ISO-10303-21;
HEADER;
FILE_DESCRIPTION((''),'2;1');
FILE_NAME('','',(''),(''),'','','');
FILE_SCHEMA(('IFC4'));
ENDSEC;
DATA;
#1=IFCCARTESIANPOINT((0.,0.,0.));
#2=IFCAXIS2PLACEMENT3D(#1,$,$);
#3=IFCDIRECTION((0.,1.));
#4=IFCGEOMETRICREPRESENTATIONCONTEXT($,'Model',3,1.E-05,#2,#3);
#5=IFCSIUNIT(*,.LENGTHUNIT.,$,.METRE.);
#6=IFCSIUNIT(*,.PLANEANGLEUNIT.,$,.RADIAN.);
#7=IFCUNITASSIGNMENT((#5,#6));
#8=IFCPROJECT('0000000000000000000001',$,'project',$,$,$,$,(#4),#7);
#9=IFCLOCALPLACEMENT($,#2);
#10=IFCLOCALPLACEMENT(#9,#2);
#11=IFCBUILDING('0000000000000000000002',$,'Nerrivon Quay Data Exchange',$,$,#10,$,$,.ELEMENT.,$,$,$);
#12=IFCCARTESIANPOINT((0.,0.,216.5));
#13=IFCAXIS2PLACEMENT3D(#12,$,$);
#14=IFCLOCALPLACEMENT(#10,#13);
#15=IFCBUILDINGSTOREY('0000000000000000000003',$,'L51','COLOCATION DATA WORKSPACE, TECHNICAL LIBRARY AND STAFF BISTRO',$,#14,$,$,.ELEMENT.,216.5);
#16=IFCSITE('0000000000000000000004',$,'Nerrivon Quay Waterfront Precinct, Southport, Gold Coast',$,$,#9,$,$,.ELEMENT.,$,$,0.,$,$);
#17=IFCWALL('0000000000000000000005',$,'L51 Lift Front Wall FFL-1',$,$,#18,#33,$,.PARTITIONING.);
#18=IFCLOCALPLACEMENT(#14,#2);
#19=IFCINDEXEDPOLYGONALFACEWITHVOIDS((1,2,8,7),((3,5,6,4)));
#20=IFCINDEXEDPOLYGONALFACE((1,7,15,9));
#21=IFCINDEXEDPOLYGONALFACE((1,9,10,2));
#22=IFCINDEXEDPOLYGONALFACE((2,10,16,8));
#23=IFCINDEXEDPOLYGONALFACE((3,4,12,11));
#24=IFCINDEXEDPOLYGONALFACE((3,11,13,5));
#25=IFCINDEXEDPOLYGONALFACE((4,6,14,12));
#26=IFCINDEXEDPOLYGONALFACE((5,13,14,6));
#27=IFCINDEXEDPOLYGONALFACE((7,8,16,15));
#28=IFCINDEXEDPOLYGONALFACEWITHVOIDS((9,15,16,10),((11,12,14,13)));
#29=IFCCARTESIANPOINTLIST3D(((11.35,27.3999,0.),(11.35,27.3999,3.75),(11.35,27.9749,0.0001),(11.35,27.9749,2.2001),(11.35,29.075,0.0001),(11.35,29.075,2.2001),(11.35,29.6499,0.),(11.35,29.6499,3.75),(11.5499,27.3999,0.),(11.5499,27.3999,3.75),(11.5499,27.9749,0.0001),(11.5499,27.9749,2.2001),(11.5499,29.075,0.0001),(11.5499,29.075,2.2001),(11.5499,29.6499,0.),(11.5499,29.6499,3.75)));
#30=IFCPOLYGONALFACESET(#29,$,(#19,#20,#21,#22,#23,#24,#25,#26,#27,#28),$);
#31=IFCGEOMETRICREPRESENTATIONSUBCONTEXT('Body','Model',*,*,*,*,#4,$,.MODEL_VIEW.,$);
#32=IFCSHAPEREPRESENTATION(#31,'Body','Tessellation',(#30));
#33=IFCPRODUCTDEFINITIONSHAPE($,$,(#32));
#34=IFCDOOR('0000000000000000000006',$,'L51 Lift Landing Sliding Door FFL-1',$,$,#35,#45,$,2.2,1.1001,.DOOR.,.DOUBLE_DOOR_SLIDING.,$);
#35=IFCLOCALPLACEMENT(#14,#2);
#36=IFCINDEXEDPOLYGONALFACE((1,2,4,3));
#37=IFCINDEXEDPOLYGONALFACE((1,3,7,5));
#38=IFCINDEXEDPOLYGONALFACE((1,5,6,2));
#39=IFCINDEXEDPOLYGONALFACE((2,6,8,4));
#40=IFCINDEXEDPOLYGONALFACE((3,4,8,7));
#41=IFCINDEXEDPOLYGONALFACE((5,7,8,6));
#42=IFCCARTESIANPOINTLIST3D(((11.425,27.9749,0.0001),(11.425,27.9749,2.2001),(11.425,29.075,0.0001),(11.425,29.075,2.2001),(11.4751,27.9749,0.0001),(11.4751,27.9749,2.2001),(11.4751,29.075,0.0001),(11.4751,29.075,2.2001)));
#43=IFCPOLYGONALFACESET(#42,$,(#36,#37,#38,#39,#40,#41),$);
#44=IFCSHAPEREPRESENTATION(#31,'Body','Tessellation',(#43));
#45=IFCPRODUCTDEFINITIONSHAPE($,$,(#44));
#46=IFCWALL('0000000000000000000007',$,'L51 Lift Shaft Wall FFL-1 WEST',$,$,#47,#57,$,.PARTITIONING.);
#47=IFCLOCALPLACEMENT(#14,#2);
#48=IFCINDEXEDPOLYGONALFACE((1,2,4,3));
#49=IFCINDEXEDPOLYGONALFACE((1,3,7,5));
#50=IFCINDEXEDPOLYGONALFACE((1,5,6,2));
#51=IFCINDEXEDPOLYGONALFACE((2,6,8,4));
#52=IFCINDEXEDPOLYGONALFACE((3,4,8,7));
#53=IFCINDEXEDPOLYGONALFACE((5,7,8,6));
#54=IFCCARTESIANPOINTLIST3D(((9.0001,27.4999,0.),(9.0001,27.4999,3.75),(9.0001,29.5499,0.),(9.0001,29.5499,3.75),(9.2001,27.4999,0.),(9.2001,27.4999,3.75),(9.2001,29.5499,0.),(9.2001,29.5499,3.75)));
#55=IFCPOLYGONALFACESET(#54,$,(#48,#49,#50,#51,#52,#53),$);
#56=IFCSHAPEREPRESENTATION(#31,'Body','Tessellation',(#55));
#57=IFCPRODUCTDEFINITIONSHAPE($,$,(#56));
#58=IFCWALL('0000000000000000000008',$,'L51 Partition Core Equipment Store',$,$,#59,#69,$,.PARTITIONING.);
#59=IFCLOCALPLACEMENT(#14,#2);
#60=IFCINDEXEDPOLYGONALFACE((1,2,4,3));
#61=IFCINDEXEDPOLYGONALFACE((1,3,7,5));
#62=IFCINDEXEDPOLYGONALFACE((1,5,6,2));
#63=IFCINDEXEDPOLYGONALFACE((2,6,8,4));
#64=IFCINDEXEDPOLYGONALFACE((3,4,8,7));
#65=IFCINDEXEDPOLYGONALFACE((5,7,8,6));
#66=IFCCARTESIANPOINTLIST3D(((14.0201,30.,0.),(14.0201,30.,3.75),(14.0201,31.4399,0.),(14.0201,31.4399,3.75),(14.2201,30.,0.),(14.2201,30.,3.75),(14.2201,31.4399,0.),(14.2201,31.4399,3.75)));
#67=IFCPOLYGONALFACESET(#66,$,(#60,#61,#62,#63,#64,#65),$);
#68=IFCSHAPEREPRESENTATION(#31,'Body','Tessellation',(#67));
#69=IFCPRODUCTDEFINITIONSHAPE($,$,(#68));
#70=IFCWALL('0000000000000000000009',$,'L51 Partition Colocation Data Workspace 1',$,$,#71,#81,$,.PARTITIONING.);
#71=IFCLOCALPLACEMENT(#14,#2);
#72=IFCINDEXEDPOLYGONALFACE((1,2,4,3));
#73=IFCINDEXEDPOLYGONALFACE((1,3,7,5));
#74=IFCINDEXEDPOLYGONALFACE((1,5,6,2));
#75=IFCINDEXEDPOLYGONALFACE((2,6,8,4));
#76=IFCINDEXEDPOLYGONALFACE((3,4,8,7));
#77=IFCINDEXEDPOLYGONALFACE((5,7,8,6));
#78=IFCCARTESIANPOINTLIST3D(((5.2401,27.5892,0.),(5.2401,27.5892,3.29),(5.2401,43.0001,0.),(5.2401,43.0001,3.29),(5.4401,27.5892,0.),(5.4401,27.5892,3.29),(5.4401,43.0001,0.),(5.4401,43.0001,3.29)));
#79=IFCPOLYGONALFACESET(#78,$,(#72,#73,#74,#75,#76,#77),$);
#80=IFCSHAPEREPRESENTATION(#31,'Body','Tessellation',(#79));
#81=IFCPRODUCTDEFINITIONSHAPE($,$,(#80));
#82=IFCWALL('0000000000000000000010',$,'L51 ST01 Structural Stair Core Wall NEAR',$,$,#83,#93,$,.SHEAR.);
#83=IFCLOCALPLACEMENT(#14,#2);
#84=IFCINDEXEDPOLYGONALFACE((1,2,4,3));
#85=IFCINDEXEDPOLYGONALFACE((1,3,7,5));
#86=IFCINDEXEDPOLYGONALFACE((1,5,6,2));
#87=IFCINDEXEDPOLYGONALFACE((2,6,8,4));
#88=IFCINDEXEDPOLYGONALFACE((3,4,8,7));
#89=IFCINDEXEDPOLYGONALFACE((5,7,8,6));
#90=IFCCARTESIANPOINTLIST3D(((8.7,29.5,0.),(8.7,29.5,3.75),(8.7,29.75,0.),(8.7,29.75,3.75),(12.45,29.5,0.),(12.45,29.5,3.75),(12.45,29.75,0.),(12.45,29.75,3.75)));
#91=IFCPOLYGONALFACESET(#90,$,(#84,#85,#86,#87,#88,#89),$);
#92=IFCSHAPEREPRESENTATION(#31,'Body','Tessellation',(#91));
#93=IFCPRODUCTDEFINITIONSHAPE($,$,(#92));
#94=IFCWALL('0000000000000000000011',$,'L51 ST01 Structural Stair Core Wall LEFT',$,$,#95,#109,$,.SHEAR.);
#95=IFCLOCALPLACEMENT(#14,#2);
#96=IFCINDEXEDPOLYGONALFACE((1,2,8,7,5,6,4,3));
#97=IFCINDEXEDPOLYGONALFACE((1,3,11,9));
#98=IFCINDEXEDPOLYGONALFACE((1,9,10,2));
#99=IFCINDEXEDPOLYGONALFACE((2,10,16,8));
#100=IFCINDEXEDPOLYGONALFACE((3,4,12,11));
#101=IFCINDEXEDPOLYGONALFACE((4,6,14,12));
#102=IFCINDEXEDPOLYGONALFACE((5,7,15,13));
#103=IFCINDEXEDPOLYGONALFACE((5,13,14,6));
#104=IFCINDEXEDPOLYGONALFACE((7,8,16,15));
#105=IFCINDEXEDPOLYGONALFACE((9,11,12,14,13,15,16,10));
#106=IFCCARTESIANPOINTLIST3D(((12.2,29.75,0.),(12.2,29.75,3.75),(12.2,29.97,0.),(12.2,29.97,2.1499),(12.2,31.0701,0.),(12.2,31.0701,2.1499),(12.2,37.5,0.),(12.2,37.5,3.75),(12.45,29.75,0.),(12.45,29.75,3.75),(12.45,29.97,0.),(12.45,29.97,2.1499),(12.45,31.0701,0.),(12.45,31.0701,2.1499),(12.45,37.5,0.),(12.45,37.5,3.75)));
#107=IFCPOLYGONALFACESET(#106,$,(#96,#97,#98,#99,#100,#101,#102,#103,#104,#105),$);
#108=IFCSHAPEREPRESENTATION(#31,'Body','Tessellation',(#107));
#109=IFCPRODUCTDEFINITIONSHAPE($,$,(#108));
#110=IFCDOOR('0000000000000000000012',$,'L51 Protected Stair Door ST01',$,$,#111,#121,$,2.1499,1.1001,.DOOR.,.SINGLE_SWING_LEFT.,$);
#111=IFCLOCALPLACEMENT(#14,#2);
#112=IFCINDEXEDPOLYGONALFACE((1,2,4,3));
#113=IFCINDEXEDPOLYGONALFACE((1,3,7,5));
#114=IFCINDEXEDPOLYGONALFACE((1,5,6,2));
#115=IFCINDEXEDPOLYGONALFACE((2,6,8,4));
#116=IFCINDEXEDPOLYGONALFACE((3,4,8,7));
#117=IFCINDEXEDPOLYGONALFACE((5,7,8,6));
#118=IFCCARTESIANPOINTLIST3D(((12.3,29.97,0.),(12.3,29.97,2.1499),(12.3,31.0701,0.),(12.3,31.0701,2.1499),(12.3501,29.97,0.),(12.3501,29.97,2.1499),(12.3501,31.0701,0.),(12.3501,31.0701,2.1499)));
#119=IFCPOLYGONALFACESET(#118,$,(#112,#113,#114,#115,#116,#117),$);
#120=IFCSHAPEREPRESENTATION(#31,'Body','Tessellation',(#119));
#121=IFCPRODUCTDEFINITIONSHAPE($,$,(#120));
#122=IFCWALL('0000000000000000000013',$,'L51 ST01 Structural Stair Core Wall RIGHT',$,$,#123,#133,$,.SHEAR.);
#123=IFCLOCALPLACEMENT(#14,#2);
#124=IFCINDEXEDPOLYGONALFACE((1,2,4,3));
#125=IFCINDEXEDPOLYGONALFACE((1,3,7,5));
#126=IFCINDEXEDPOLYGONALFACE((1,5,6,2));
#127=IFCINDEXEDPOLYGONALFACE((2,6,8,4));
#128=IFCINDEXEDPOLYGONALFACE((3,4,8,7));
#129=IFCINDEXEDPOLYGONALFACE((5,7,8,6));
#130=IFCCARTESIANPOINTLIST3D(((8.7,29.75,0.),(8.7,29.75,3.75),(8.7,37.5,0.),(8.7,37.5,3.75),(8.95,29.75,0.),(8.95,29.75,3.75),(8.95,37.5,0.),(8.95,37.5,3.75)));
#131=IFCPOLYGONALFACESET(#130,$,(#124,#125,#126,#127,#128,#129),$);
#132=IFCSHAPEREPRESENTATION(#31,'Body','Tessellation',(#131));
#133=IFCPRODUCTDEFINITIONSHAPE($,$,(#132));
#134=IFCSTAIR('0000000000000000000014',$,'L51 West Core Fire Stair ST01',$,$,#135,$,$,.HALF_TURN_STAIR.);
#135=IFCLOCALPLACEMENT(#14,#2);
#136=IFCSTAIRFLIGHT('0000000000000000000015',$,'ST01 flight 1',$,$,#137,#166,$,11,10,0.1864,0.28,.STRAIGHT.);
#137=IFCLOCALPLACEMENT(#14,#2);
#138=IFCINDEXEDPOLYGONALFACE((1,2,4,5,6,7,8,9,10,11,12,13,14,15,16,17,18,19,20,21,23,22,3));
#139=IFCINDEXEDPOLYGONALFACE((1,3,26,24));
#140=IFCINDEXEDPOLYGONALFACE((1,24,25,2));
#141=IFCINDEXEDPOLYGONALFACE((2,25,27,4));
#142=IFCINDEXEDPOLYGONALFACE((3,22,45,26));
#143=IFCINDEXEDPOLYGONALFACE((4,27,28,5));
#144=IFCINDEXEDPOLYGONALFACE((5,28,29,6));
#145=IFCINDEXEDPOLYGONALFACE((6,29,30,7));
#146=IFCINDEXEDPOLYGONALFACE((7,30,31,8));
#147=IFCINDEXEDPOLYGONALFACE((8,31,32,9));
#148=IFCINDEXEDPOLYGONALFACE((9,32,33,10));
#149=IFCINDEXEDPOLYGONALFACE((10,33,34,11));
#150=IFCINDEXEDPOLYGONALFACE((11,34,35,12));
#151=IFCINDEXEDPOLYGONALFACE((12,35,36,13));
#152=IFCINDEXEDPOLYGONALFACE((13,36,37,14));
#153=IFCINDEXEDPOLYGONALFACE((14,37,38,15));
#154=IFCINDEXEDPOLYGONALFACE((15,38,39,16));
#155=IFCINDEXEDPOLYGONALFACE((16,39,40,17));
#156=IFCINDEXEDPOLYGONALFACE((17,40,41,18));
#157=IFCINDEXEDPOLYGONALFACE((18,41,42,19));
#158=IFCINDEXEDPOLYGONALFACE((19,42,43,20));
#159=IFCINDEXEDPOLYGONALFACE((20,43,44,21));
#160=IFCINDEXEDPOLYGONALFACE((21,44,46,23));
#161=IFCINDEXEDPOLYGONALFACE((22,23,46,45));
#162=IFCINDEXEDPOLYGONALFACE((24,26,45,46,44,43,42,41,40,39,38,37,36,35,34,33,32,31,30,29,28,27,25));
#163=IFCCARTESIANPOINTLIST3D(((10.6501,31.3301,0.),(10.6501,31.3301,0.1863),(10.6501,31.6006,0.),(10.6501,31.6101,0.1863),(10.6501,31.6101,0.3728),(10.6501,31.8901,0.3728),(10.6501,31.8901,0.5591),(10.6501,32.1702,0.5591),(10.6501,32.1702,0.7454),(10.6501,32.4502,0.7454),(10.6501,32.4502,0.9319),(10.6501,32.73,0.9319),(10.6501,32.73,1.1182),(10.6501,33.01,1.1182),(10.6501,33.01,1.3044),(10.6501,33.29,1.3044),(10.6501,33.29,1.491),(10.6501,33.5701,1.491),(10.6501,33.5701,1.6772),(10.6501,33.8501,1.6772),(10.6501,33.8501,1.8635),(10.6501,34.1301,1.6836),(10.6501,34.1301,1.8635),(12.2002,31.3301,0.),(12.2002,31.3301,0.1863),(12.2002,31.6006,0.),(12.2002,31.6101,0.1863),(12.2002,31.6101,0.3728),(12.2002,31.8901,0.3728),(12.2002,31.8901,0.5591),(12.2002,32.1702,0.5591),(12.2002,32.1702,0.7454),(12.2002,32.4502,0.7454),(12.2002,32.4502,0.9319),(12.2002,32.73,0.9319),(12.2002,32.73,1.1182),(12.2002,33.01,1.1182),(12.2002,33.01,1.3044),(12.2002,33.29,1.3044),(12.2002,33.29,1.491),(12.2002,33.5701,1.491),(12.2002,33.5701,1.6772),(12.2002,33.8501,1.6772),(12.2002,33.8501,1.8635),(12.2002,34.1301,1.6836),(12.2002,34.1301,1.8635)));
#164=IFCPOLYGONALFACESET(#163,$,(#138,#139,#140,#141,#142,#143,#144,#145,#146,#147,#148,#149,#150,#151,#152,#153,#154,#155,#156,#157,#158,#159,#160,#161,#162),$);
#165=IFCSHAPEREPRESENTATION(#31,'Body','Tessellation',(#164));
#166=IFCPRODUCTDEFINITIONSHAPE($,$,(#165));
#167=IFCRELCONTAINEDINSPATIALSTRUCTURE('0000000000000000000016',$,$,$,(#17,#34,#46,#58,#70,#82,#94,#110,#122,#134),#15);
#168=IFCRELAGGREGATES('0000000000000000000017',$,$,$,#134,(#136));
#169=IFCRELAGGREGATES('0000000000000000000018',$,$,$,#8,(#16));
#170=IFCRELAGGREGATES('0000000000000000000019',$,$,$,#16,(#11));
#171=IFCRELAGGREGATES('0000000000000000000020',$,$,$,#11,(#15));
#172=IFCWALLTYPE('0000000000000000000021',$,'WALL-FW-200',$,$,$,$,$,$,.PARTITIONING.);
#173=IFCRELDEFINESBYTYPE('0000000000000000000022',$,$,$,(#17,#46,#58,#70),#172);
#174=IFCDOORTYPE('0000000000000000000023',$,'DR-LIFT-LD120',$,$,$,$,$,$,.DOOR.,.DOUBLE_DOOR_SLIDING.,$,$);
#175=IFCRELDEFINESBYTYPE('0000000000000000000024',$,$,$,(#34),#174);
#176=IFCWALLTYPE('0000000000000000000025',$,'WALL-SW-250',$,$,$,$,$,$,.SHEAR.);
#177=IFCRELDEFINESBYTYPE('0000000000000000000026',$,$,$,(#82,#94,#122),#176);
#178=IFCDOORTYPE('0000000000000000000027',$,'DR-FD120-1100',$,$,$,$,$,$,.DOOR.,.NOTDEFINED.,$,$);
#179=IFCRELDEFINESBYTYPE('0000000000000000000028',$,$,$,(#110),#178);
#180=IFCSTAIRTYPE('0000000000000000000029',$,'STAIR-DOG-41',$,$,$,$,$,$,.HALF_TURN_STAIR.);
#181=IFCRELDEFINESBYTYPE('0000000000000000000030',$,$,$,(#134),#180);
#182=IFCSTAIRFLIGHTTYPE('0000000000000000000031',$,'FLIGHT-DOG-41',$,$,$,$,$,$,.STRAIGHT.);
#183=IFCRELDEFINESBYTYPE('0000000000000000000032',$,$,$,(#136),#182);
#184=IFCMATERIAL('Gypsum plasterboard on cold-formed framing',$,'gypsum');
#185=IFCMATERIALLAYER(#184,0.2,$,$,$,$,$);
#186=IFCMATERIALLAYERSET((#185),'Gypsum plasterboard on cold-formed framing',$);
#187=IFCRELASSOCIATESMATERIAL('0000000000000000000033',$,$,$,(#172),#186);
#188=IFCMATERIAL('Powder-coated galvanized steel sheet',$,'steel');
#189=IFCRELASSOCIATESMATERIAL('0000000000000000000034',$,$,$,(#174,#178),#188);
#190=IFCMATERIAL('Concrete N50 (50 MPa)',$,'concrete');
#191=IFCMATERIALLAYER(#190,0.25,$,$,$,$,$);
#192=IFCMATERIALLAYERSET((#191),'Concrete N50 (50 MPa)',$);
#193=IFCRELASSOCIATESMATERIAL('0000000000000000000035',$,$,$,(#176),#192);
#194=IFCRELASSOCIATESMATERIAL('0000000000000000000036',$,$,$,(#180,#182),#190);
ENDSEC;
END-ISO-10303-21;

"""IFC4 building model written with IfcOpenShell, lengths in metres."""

from ifc_helpers import new_model, si_unit, direction, frame, frame_2d, origin, place, context, subcontext, project, spatial, polyline, rectangle, outline, extrude, material, layer, layer_set, type_object, element, fill, aggregate, save


model = new_model("IFC4")

# Units and contexts
model_context = context("Model", 3, precision=1e-05, world=origin(), true_north=direction((0.0, 1.0)))
body_context = subcontext(model_context, "Body", "Model", "MODEL_VIEW")
ifc_project = project(units=[si_unit("LENGTHUNIT", "METRE"), si_unit("PLANEANGLEUNIT", "RADIAN")], contexts=[model_context])

# Site, building, storey
site_placement = place(None, origin())
site = spatial("IfcSite", under=ifc_project, at=site_placement, Name="Nerrivon Quay Waterfront Precinct, Southport, Gold Coast", CompositionType="ELEMENT", RefElevation=0.0)
building_placement = place(site_placement, origin())
building = spatial("IfcBuilding", under=site, at=building_placement, Name="Nerrivon Quay Data Exchange", CompositionType="ELEMENT")
storey_placement = place(building_placement, frame((0.0, 0.0, 216.5)))
storey = spatial("IfcBuildingStorey", under=building, at=storey_placement, Name="L51", Description="COLOCATION DATA WORKSPACE, TECHNICAL LIBRARY AND STAFF BISTRO", CompositionType="ELEMENT", Elevation=216.5)

# Wall, opening, door
ifc_material_1 = material(Name="Gypsum plasterboard on cold-formed framing", Category="gypsum")
ifc_layer_1 = layer(ifc_material_1, 0.2)
ifc_layer_set_1 = layer_set([ifc_layer_1], Name="Gypsum plasterboard on cold-formed framing")
wall_type_1 = type_object("IfcWallType", Name="WALL-FW-200", PredefinedType="PARTITIONING", material=ifc_layer_set_1)
wall_1_placement = place(storey_placement, frame((11.45, 27.3999, 0.0), z_axis=(0.0, 0.0, 1.0), x_axis=(0.0, 1.0, 0.0)))
wall_1 = element("IfcWall", 1, at=wall_1_placement, inside=storey, type_object=wall_type_1, Name="L51 Lift Front Wall FFL-1", PredefinedType="PARTITIONING", context=body_context, shape_type="SweptSolid", body=[
    extrude(rectangle(XDim=2.25, YDim=0.2, at=frame_2d((1.125, 0.0))), origin(), (0.0, 0.0, 1.0), 3.75),
])
opening_1_placement = place(wall_1_placement, frame((0.575, 0.0, 0.0)))
opening_1 = element("IfcOpeningElement", 2, at=opening_1_placement, cuts=wall_1, PredefinedType="OPENING", context=body_context, shape_type="SweptSolid", body=[
    extrude(rectangle(XDim=1.1001, YDim=2.2, at=frame_2d((0.55, 1.1001))), frame((0.0, 0.1099, 0.0), z_axis=(0.0, -1.0, 0.0), x_axis=(1.0, 0.0, 0.0)), (0.0, 0.0, 1.0), 0.22),
])
ifc_material_2 = material(Name="Powder-coated galvanized steel sheet", Category="steel")
door_type_1 = type_object("IfcDoorType", Name="DR-LIFT-LD120", OperationType="DOUBLE_DOOR_SLIDING", PredefinedType="DOOR", material=ifc_material_2)
door_1_placement = place(opening_1_placement, origin())
door_1 = element("IfcDoor", 3, at=door_1_placement, inside=storey, type_object=door_type_1, Name="L51 Lift Landing Sliding Door FFL-1", OperationType="DOUBLE_DOOR_SLIDING", OverallHeight=2.2, OverallWidth=1.1001, PredefinedType="DOOR", context=body_context, shape_type="SweptSolid", body=[
    extrude(rectangle(XDim=1.1001, YDim=2.2, at=frame_2d((0.55, 1.1001))), frame((0.0, 0.0249, 0.0), z_axis=(0.0, -1.0, 0.0), x_axis=(1.0, 0.0, 0.0)), (0.0, 0.0, 1.0), 0.05),
])
fill(opening_1, door_1)

# Wall
wall_2_placement = place(storey_placement, frame((9.1001, 27.5, 0.0), z_axis=(0.0, 0.0, 1.0), x_axis=(0.0, 1.0, 0.0)))
element("IfcWall", 4, at=wall_2_placement, inside=storey, type_object=wall_type_1, Name="L51 Lift Shaft Wall FFL-1 WEST", PredefinedType="PARTITIONING", context=body_context, shape_type="SweptSolid", body=[
    extrude(rectangle(XDim=2.05, YDim=0.2, at=frame_2d((1.0249, 0.0))), origin(), (0.0, 0.0, 1.0), 3.75),
])

# Wall
wall_3_placement = place(storey_placement, frame((14.1201, 31.4399, 0.0), z_axis=(0.0, 0.0, 1.0), x_axis=(0.0, -1.0, 0.0)))
element("IfcWall", 5, at=wall_3_placement, inside=storey, type_object=wall_type_1, Name="L51 Partition Core Equipment Store", PredefinedType="PARTITIONING", context=body_context, shape_type="SweptSolid", body=[
    extrude(rectangle(XDim=1.4399, YDim=0.2, at=frame_2d((0.72, 0.0))), origin(), (0.0, 0.0, 1.0), 3.75),
])

# Walls
wall_4_placement = place(storey_placement, frame((5.3401, 27.5891, 0.0), z_axis=(0.0, 0.0, 1.0), x_axis=(0.0, 1.0, 0.0)))
element("IfcWall", 6, at=wall_4_placement, inside=storey, type_object=wall_type_1, Name="L51 Partition Colocation Data Workspace 1", PredefinedType="PARTITIONING", context=body_context, shape_type="SweptSolid", body=[
    extrude(rectangle(XDim=15.4109, YDim=0.2, at=frame_2d((7.7056, 0.0))), origin(), (0.0, 0.0, 1.0), 3.29),
])
ifc_material_3 = material(Name="Concrete N50 (50 MPa)", Category="concrete")
ifc_layer_2 = layer(ifc_material_3, 0.25)
ifc_layer_set_2 = layer_set([ifc_layer_2], Name="Concrete N50 (50 MPa)")
wall_type_2 = type_object("IfcWallType", Name="WALL-SW-250", PredefinedType="SHEAR", material=ifc_layer_set_2)
wall_5_placement = place(storey_placement, frame((12.45, 29.625, 0.0), z_axis=(0.0, 0.0, 1.0), x_axis=(-1.0, 0.0, 0.0)))
element("IfcWall", 7, at=wall_5_placement, inside=storey, type_object=wall_type_2, Name="L51 ST01 Structural Stair Core Wall NEAR", PredefinedType="SHEAR", context=body_context, shape_type="SweptSolid", body=[
    extrude(rectangle(XDim=3.75, YDim=0.25, at=frame_2d((1.875, 0.0))), origin(), (0.0, 0.0, 1.0), 3.75),
])

# Wall, opening, door
wall_6_placement = place(storey_placement, frame((12.325, 29.75, 0.0), z_axis=(0.0, 0.0, 1.0), x_axis=(0.0, 1.0, 0.0)))
wall_6 = element("IfcWall", 8, at=wall_6_placement, inside=storey, type_object=wall_type_2, Name="L51 ST01 Structural Stair Core Wall LEFT", PredefinedType="SHEAR", context=body_context, shape_type="SweptSolid", body=[
    extrude(rectangle(XDim=7.75, YDim=0.25, at=frame_2d((3.875, 0.0))), origin(), (0.0, 0.0, 1.0), 3.75),
])
opening_2_placement = place(wall_6_placement, frame((0.22, 0.0, 0.0)))
opening_2 = element("IfcOpeningElement", 9, at=opening_2_placement, cuts=wall_6, PredefinedType="OPENING", context=body_context, shape_type="SweptSolid", body=[
    extrude(rectangle(XDim=1.1001, YDim=2.1499, at=frame_2d((0.55, 1.075))), frame((0.0, 0.135, 0.0), z_axis=(0.0, -1.0, 0.0), x_axis=(1.0, 0.0, 0.0)), (0.0, 0.0, 1.0), 0.27),
])
door_type_2 = type_object("IfcDoorType", Name="DR-FD120-1100", OperationType="NOTDEFINED", PredefinedType="DOOR", material=ifc_material_2)
door_2_placement = place(opening_2_placement, origin())
door_2 = element("IfcDoor", 10, at=door_2_placement, inside=storey, type_object=door_type_2, Name="L51 Protected Stair Door ST01", OperationType="SINGLE_SWING_LEFT", OverallHeight=2.1499, OverallWidth=1.1001, PredefinedType="DOOR", context=body_context, shape_type="SweptSolid", body=[
    extrude(rectangle(XDim=1.1001, YDim=2.1499, at=frame_2d((0.55, 1.075))), frame((0.0, 0.0249, 0.0), z_axis=(0.0, -1.0, 0.0), x_axis=(1.0, 0.0, 0.0)), (0.0, 0.0, 1.0), 0.05),
])
fill(opening_2, door_2)

# Wall
wall_7_placement = place(storey_placement, frame((8.825, 29.75, 0.0), z_axis=(0.0, 0.0, 1.0), x_axis=(0.0, 1.0, 0.0)))
element("IfcWall", 11, at=wall_7_placement, inside=storey, type_object=wall_type_2, Name="L51 ST01 Structural Stair Core Wall RIGHT", PredefinedType="SHEAR", context=body_context, shape_type="SweptSolid", body=[
    extrude(rectangle(XDim=7.75, YDim=0.25, at=frame_2d((3.875, 0.0))), origin(), (0.0, 0.0, 1.0), 3.75),
])

# Stair, stair flight
stair_type = type_object("IfcStairType", Name="STAIR-DOG-41", PredefinedType="HALF_TURN_STAIR", material=ifc_material_3)
stair_placement = place(storey_placement, origin())
stair = element("IfcStair", 12, at=stair_placement, inside=storey, type_object=stair_type, Name="L51 West Core Fire Stair ST01", PredefinedType="HALF_TURN_STAIR")
stair_flight_type = type_object("IfcStairFlightType", Name="FLIGHT-DOG-41", PredefinedType="STRAIGHT", material=ifc_material_3)
stair_flight_placement = place(storey_placement, frame((11.425, 31.3301, 0.0), z_axis=(0.0, 0.0, 1.0), x_axis=(0.0, 1.0, 0.0)))
stair_flight = element("IfcStairFlight", 13, at=stair_flight_placement, type_object=stair_flight_type, Name="ST01 flight 1", NumberOfRisers=11, NumberOfTreads=10, PredefinedType="STRAIGHT", RiserHeight=0.1864, TreadLength=0.28, context=body_context, shape_type="SweptSolid", body=[
    extrude(outline(polyline([(0.0, 0.0), (0.0, 0.1863), (0.28, 0.1863), (0.28, 0.3728), (0.5601, 0.3728), (0.5601, 0.5591), (0.8401, 0.5591), (0.8401, 0.7454), (1.1201, 0.7454), (1.1201, 0.9319), (1.3999, 0.9319), (1.3999, 1.1182), (1.6799, 1.1182), (1.6799, 1.3044), (1.96, 1.3044), (1.96, 1.491), (2.24, 1.491), (2.24, 1.6772), (2.52, 1.6772), (2.52, 1.8635), (2.8, 1.8635), (2.8, 2.05), (2.8, 1.6836), (0.2705, 0.0), (0.0, 0.0)])), frame((0.0, 0.7749, 0.0), z_axis=(0.0, -1.0, 0.0), x_axis=(1.0, 0.0, 0.0)), (0.0, 0.0, 1.0), 1.55),
])
aggregate(stair, [stair_flight])

save(model, "model.ifc")
